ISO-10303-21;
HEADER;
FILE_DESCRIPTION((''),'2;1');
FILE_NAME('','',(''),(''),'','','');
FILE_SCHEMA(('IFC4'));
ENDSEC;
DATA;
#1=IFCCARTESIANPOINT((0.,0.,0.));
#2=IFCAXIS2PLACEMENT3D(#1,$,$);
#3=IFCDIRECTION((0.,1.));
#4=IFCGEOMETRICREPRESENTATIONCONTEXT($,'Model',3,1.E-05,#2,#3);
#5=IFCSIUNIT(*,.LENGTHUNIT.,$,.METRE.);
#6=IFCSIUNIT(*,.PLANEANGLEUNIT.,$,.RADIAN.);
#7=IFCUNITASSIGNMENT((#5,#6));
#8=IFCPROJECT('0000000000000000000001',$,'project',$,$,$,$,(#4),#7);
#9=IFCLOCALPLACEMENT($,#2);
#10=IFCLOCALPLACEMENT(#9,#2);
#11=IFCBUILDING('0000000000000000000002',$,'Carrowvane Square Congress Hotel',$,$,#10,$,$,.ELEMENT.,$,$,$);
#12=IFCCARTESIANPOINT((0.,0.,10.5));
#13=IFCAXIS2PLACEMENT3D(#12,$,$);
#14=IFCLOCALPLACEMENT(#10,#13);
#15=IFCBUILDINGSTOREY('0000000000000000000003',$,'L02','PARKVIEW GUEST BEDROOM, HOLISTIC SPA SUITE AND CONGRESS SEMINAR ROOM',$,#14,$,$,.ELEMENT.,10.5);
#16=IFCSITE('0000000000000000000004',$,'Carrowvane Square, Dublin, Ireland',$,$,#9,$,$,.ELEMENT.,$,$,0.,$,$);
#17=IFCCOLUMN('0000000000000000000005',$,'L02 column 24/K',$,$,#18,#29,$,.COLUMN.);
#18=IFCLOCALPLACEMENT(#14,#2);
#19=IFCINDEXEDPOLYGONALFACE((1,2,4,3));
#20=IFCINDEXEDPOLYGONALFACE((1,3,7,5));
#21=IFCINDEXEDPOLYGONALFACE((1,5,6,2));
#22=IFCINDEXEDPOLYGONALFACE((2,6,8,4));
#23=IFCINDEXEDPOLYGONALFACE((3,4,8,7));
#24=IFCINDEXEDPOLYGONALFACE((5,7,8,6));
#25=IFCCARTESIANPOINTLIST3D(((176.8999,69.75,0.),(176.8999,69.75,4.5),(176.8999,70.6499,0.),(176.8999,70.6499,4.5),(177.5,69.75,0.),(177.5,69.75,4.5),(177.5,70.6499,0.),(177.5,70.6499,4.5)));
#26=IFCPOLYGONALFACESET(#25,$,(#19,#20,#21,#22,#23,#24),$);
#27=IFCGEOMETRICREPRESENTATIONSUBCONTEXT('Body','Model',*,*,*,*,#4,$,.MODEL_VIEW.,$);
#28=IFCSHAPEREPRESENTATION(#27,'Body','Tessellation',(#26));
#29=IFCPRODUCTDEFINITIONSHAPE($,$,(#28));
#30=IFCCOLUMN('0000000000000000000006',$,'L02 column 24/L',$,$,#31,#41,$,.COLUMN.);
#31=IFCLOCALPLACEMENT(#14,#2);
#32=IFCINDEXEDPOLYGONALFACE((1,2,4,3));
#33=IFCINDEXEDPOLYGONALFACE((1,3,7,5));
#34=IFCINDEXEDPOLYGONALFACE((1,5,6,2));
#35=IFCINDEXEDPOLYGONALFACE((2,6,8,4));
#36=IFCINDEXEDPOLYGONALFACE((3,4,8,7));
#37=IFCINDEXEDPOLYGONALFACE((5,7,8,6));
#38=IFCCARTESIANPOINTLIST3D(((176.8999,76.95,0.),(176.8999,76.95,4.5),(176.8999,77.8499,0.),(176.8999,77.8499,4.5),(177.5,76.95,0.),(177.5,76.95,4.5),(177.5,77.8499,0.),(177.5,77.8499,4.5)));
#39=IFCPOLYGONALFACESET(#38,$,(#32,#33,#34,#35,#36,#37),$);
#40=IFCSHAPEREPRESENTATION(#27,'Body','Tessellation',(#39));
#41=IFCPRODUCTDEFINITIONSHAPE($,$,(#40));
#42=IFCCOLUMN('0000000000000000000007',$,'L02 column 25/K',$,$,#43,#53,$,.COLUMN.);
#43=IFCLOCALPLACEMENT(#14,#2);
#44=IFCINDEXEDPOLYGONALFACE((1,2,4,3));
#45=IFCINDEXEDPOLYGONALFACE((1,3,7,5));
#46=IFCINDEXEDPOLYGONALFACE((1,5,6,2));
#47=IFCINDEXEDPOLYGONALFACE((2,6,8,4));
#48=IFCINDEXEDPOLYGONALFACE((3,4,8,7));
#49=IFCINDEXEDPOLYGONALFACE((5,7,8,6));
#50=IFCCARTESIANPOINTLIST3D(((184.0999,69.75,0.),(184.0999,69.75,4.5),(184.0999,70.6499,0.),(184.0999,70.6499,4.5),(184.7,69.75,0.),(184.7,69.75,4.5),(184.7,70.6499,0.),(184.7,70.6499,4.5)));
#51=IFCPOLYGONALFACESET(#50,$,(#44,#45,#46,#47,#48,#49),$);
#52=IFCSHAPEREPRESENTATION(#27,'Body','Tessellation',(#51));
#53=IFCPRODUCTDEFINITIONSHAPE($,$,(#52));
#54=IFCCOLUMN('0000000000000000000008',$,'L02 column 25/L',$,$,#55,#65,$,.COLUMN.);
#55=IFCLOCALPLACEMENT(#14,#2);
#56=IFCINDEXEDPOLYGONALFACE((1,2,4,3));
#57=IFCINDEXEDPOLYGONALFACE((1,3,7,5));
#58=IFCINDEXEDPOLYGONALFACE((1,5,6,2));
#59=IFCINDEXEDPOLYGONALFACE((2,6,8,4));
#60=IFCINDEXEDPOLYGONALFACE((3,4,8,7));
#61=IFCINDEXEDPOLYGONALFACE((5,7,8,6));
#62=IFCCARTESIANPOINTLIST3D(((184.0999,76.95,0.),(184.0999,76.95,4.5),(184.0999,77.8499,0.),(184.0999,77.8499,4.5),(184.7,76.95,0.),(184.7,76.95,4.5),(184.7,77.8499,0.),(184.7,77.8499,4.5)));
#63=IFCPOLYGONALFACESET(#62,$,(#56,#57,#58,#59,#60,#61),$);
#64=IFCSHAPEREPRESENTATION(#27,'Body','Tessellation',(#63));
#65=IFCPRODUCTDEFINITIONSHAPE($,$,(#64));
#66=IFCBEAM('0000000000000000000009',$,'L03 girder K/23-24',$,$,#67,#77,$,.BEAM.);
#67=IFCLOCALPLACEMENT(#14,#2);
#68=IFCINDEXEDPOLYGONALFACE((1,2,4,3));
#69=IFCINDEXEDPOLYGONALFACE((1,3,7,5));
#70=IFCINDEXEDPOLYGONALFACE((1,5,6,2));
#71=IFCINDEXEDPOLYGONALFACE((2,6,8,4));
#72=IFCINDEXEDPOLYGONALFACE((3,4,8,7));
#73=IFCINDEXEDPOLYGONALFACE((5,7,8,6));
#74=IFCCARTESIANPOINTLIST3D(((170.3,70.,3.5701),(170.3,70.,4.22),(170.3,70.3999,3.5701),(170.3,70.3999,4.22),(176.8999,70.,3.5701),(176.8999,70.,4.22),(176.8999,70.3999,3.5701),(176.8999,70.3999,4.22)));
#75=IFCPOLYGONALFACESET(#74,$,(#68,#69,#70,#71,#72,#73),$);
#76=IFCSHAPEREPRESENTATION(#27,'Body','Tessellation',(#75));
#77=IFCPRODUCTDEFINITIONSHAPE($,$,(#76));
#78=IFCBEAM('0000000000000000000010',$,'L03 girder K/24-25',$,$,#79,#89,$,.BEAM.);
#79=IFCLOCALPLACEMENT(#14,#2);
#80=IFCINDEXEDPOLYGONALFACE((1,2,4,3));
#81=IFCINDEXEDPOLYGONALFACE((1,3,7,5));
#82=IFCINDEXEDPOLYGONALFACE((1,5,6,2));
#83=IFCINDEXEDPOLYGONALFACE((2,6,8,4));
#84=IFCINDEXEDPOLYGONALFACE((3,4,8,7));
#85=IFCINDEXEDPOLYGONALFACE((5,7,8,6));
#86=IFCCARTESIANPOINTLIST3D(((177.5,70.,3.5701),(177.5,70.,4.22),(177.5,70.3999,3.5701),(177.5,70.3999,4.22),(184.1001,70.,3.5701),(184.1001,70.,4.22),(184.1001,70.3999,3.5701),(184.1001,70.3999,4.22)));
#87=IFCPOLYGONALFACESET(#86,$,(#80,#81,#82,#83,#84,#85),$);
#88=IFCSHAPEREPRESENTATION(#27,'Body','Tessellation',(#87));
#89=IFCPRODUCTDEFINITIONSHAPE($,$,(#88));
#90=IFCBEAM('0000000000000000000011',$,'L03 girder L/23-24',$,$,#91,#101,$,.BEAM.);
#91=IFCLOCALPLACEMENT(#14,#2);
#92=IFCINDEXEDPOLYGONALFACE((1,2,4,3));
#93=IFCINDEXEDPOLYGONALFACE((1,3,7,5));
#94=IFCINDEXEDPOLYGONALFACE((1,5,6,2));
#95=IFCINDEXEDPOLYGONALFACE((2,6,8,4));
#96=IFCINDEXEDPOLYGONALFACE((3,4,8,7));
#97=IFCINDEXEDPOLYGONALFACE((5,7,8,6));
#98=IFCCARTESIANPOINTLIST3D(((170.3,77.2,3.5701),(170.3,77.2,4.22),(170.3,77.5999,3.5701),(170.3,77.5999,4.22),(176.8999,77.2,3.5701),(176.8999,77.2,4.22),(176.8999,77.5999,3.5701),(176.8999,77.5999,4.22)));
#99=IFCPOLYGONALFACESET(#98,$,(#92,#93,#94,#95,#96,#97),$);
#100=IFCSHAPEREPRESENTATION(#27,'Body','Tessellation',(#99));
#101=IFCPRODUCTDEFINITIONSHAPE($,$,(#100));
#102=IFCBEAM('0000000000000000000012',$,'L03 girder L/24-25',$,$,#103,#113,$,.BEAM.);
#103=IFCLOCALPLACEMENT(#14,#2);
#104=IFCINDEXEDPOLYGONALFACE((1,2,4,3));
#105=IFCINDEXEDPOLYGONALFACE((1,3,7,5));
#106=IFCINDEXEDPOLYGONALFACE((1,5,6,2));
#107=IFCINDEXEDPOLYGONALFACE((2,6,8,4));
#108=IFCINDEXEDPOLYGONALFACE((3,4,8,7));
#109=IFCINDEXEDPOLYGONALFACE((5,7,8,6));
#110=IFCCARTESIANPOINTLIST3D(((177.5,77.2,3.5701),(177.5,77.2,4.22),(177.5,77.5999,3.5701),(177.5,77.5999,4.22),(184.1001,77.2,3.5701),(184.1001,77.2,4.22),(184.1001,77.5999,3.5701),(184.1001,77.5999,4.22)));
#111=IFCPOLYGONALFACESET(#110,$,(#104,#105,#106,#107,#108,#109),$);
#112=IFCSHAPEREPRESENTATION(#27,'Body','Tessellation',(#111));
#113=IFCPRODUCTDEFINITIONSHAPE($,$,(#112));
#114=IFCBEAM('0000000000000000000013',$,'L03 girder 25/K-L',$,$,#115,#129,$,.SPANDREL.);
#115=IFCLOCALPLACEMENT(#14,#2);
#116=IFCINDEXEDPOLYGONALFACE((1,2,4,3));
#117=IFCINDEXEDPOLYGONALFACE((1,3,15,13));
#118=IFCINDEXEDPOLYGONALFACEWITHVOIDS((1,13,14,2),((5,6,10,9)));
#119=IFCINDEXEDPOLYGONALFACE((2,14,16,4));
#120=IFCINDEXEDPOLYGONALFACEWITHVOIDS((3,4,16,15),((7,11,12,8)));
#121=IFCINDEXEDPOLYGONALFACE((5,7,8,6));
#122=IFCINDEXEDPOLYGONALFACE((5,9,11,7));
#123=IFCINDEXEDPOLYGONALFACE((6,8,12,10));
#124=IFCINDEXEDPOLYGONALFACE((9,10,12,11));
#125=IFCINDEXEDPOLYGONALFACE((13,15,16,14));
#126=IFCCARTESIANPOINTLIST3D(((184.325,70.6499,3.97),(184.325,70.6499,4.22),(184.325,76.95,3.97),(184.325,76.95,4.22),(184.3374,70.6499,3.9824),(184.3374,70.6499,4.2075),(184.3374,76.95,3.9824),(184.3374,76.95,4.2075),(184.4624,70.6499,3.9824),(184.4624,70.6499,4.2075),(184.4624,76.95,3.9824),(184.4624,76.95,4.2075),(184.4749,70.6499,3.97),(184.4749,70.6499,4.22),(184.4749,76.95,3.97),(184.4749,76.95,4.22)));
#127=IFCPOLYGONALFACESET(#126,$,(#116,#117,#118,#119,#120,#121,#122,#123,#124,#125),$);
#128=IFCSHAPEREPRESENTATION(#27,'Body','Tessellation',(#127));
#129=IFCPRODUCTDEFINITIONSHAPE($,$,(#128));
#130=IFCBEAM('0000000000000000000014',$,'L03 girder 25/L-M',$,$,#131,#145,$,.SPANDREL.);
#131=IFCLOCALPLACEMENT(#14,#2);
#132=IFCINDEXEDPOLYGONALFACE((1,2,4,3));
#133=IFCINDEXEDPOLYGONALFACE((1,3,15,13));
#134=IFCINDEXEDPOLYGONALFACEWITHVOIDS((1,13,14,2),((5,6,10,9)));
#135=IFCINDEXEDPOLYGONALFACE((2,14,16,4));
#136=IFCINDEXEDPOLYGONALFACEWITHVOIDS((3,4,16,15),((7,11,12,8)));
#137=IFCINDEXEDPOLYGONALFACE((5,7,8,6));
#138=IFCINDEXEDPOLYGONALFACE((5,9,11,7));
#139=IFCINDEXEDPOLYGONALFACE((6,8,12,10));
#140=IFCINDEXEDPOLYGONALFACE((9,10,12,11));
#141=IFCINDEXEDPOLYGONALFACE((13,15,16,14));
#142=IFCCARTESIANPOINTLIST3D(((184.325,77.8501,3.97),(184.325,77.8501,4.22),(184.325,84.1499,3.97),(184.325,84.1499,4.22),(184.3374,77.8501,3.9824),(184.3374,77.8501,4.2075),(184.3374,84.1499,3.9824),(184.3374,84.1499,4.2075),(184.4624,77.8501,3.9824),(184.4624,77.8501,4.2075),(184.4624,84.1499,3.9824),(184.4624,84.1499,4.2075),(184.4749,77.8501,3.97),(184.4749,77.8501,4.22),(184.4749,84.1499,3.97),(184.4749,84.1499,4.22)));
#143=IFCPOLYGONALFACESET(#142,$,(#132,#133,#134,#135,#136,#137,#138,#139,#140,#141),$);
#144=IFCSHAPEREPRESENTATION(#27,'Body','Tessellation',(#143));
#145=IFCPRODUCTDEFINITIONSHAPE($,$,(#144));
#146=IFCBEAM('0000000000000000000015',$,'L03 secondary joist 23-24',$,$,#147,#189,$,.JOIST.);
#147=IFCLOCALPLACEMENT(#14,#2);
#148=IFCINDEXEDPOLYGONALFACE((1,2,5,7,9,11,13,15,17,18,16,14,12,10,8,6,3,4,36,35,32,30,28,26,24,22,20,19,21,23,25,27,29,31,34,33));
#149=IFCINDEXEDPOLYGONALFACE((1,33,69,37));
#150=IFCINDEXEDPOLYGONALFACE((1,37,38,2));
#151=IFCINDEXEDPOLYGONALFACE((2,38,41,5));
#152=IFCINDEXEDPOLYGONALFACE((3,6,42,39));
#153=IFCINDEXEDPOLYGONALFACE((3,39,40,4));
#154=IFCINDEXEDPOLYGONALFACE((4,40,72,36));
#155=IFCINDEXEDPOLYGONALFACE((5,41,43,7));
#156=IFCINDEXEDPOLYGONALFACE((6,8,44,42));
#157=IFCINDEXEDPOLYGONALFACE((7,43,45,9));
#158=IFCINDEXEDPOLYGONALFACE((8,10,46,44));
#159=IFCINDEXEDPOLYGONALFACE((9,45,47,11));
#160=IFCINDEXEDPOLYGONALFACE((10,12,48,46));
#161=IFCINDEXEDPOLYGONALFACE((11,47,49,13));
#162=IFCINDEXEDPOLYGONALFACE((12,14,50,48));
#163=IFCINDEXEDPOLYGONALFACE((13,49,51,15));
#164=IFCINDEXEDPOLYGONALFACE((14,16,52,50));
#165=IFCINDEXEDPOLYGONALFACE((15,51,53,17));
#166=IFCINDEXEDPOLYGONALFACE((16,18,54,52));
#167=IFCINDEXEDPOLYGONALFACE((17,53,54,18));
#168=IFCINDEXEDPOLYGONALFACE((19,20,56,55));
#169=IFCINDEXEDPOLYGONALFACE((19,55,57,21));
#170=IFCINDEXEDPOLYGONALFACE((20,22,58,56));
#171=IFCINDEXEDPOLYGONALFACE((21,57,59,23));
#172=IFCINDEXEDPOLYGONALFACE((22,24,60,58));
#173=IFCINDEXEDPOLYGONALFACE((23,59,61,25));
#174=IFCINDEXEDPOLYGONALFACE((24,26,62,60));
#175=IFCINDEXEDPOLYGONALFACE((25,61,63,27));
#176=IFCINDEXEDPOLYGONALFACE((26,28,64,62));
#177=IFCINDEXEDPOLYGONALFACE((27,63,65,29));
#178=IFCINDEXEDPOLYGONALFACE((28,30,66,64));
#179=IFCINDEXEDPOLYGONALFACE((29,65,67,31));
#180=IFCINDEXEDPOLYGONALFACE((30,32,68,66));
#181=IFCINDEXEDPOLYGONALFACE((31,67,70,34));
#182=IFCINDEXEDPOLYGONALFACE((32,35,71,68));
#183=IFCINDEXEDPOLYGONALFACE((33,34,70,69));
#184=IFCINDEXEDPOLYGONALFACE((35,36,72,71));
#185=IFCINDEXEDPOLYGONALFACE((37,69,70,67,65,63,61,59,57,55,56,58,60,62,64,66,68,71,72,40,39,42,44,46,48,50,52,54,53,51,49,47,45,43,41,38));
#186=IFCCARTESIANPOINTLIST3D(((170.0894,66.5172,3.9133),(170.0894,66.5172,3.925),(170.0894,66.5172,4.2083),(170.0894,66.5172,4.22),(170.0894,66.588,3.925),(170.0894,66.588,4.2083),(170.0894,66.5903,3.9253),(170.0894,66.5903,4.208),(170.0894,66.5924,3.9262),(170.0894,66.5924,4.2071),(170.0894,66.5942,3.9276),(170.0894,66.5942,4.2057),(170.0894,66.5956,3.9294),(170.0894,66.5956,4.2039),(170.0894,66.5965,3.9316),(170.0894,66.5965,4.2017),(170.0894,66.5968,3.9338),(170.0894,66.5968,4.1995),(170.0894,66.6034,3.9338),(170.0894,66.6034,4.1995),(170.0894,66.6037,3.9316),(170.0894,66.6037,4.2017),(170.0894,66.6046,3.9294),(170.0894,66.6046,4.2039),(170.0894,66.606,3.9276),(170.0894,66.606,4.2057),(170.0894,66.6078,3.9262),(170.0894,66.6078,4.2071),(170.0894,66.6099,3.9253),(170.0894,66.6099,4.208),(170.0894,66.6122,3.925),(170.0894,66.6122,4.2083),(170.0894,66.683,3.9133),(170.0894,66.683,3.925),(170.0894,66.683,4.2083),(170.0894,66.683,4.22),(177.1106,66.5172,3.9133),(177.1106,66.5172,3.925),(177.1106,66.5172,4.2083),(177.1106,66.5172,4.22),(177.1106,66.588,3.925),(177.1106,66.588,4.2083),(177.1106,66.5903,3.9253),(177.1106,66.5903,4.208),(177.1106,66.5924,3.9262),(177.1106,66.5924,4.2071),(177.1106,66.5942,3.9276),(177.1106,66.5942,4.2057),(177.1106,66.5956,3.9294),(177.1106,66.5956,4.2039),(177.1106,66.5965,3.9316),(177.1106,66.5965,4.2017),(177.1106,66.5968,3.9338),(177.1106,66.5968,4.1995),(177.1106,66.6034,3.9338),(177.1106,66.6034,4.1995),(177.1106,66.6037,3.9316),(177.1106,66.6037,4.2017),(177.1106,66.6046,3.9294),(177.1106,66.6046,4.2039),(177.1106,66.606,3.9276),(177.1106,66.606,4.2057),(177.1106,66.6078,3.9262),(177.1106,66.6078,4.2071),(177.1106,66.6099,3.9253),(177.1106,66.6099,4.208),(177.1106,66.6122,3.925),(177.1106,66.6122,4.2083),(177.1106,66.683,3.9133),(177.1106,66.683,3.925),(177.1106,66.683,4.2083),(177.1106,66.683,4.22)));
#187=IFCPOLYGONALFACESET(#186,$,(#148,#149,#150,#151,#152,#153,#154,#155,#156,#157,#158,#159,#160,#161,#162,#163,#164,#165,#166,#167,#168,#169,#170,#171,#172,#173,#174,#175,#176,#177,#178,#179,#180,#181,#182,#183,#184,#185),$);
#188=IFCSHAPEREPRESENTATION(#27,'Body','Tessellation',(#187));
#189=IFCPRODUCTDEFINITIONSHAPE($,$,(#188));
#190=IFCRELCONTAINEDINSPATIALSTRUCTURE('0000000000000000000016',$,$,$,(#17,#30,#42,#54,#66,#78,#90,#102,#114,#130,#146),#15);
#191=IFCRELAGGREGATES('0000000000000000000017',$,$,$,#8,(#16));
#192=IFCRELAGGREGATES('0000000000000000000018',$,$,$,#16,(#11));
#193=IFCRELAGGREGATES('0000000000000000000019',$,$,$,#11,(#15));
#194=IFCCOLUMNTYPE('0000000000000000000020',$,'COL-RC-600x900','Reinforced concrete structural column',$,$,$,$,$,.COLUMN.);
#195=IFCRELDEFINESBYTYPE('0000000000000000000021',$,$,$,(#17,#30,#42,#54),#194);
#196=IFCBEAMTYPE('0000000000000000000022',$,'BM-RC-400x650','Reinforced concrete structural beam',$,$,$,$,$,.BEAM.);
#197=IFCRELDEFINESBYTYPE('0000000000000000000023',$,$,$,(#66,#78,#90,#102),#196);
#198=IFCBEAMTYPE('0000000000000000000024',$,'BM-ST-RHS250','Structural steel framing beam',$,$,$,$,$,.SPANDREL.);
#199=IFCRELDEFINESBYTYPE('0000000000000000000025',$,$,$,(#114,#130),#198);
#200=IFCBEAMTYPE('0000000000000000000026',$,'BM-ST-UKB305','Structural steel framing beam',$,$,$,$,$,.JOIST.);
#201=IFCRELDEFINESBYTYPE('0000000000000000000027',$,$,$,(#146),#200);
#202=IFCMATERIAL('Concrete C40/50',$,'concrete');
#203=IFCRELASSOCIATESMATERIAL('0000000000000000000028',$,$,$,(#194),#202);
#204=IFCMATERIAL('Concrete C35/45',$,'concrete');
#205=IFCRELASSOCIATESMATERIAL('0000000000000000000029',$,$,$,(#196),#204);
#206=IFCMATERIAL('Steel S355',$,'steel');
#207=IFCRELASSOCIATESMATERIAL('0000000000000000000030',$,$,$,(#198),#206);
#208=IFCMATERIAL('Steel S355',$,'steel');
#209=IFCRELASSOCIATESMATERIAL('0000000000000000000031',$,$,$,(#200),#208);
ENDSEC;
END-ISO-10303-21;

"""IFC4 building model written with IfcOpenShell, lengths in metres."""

from ifc_helpers import new_model, si_unit, direction, frame, origin, origin_2d, place, context, subcontext, project, spatial, rectangle, hollow_rectangle, i_section, extrude, material, material_profile, profile_set, type_object, element, save


model = new_model("IFC4")

# Units and contexts
model_context = context("Model", 3, precision=1e-05, world=origin(), true_north=direction((0.0, 1.0)))
body_context = subcontext(model_context, "Body", "Model", "MODEL_VIEW")
ifc_project = project(units=[si_unit("LENGTHUNIT", "METRE"), si_unit("PLANEANGLEUNIT", "RADIAN")], contexts=[model_context])

# Site, building, storey
site_placement = place(None, origin())
site = spatial("IfcSite", under=ifc_project, at=site_placement, Name="Carrowvane Square, Dublin, Ireland", CompositionType="ELEMENT", RefElevation=0.0)
building_placement = place(site_placement, origin())
building = spatial("IfcBuilding", under=site, at=building_placement, Name="Carrowvane Square Congress Hotel", CompositionType="ELEMENT")
storey_placement = place(building_placement, frame((0.0, 0.0, 10.5)))
storey = spatial("IfcBuildingStorey", under=building, at=storey_placement, Name="L02", Description="PARKVIEW GUEST BEDROOM, HOLISTIC SPA SUITE AND CONGRESS SEMINAR ROOM", CompositionType="ELEMENT", Elevation=10.5)

# Columns
ifc_material_1 = material(Name="Concrete C40/50", Category="concrete")
ifc_material_profile_1 = material_profile(ifc_material_1, rectangle(XDim=0.6001, YDim=0.8999, at=origin_2d()), Name="RC 600x900")
ifc_profile_set_1 = profile_set([ifc_material_profile_1], Name="Concrete C40/50")
column_type = type_object("IfcColumnType", Name="COL-RC-600x900", Description="Reinforced concrete structural column", PredefinedType="COLUMN", material=ifc_profile_set_1)
for number, where, z_axis, x_axis, name in (
    (1, (177.2, 70.2, 0.0), (0.0, 0.0, 1.0), (1.0, 0.0, 0.0), "L02 column 24/K"),
    (2, (177.2, 77.3999, 0.0), (0.0, 0.0, 1.0), (1.0, 0.0, 0.0), "L02 column 24/L"),
    (3, (184.3999, 70.2, 0.0), (0.0, 0.0, 1.0), (1.0, 0.0, 0.0), "L02 column 25/K"),
    (4, (184.3999, 77.3999, 0.0), (0.0, 0.0, 1.0), (1.0, 0.0, 0.0), "L02 column 25/L"),
):
    element("IfcColumn", number, at=place(storey_placement, frame(where, z_axis=z_axis, x_axis=x_axis)), inside=storey, type_object=column_type, Name=name, PredefinedType="COLUMN", context=body_context, shape_type="SweptSolid", body=[
        extrude(rectangle(XDim=0.6001, YDim=0.8999, at=origin_2d()), origin(), (0.0, 0.0, 1.0), 4.5),
    ])

# Beams
ifc_material_2 = material(Name="Concrete C35/45", Category="concrete")
ifc_material_profile_2 = material_profile(ifc_material_2, rectangle(XDim=0.3999, YDim=0.6499, at=origin_2d()), Name="RC 400x650")
ifc_profile_set_2 = profile_set([ifc_material_profile_2], Name="Concrete C35/45")
beam_type_1 = type_object("IfcBeamType", Name="BM-RC-400x650", Description="Reinforced concrete structural beam", PredefinedType="BEAM", material=ifc_profile_set_2)
beam_1_placement = place(storey_placement, frame((170.3, 70.2, 3.895), z_axis=(1.0, 0.0, 0.0), x_axis=(0.0, 1.0, 0.0)))
element("IfcBeam", 5, at=beam_1_placement, inside=storey, type_object=beam_type_1, Name="L03 girder K/23-24", PredefinedType="BEAM", context=body_context, shape_type="SweptSolid", body=[
    extrude(rectangle(XDim=0.3999, YDim=0.6499, at=origin_2d()), origin(), (0.0, 0.0, 1.0), 6.5999),
])
beam_2_placement = place(storey_placement, frame((177.5, 70.2, 3.895), z_axis=(1.0, 0.0, 0.0), x_axis=(0.0, 1.0, 0.0)))
element("IfcBeam", 6, at=beam_2_placement, inside=storey, type_object=beam_type_1, Name="L03 girder K/24-25", PredefinedType="BEAM", context=body_context, shape_type="SweptSolid", body=[
    extrude(rectangle(XDim=0.3999, YDim=0.6499, at=origin_2d()), origin(), (0.0, 0.0, 1.0), 6.6001),
])
beam_3_placement = place(storey_placement, frame((170.3, 77.3999, 3.895), z_axis=(1.0, 0.0, 0.0), x_axis=(0.0, 1.0, 0.0)))
element("IfcBeam", 7, at=beam_3_placement, inside=storey, type_object=beam_type_1, Name="L03 girder L/23-24", PredefinedType="BEAM", context=body_context, shape_type="SweptSolid", body=[
    extrude(rectangle(XDim=0.3999, YDim=0.6499, at=origin_2d()), origin(), (0.0, 0.0, 1.0), 6.5999),
])
beam_4_placement = place(storey_placement, frame((177.5, 77.3999, 3.895), z_axis=(1.0, 0.0, 0.0), x_axis=(0.0, 1.0, 0.0)))
element("IfcBeam", 8, at=beam_4_placement, inside=storey, type_object=beam_type_1, Name="L03 girder L/24-25", PredefinedType="BEAM", context=body_context, shape_type="SweptSolid", body=[
    extrude(rectangle(XDim=0.3999, YDim=0.6499, at=origin_2d()), origin(), (0.0, 0.0, 1.0), 6.6001),
])
ifc_material_3 = material(Name="Steel S355", Category="steel")
ifc_material_profile_3 = material_profile(ifc_material_3, hollow_rectangle(XDim=0.1499, YDim=0.25, WallThickness=0.0125, at=origin_2d()), Name="RHS 250x150x12.5")
ifc_profile_set_3 = profile_set([ifc_material_profile_3], Name="Steel S355")
beam_type_2 = type_object("IfcBeamType", Name="BM-ST-RHS250", Description="Structural steel framing beam", PredefinedType="SPANDREL", material=ifc_profile_set_3)
beam_5_placement = place(storey_placement, frame((184.3999, 70.6499, 4.095), z_axis=(0.0, 1.0, 0.0), x_axis=(-1.0, 0.0, 0.0)))
element("IfcBeam", 9, at=beam_5_placement, inside=storey, type_object=beam_type_2, Name="L03 girder 25/K-L", PredefinedType="SPANDREL", context=body_context, shape_type="SweptSolid", body=[
    extrude(hollow_rectangle(XDim=0.1499, YDim=0.25, WallThickness=0.0125, at=origin_2d()), origin(), (0.0, 0.0, 1.0), 6.3),
])
beam_6_placement = place(storey_placement, frame((184.3999, 77.8501, 4.095), z_axis=(0.0, 1.0, 0.0), x_axis=(-1.0, 0.0, 0.0)))
element("IfcBeam", 10, at=beam_6_placement, inside=storey, type_object=beam_type_2, Name="L03 girder 25/L-M", PredefinedType="SPANDREL", context=body_context, shape_type="SweptSolid", body=[
    extrude(hollow_rectangle(XDim=0.1499, YDim=0.25, WallThickness=0.0125, at=origin_2d()), origin(), (0.0, 0.0, 1.0), 6.2998),
])
ifc_material_4 = material(Name="Steel S355", Category="steel")
ifc_material_profile_4 = material_profile(ifc_material_4, i_section(OverallWidth=0.1658, OverallDepth=0.3066, WebThickness=0.0066, FlangeThickness=0.0117, FilletRadius=0.0088, at=origin_2d()), Name="UKB 305x165x46")
ifc_profile_set_4 = profile_set([ifc_material_profile_4], Name="Steel S355")
beam_type_3 = type_object("IfcBeamType", Name="BM-ST-UKB305", Description="Structural steel framing beam", PredefinedType="JOIST", material=ifc_profile_set_4)
for number, where, z_axis, x_axis, name in (
    (11, (170.0894, 66.6001, 4.0667), (1.0, 0.0, 0.0), (0.0, 1.0, 0.0), "L03 secondary joist 23-24"),
):
    element("IfcBeam", number, at=place(storey_placement, frame(where, z_axis=z_axis, x_axis=x_axis)), inside=storey, type_object=beam_type_3, Name=name, PredefinedType="JOIST", context=body_context, shape_type="SweptSolid", body=[
        extrude(i_section(OverallWidth=0.1658, OverallDepth=0.3066, WebThickness=0.0066, FlangeThickness=0.0117, FilletRadius=0.0088, at=origin_2d()), origin(), (0.0, 0.0, 1.0), 7.0212),
    ])

save(model, "model.ifc")
